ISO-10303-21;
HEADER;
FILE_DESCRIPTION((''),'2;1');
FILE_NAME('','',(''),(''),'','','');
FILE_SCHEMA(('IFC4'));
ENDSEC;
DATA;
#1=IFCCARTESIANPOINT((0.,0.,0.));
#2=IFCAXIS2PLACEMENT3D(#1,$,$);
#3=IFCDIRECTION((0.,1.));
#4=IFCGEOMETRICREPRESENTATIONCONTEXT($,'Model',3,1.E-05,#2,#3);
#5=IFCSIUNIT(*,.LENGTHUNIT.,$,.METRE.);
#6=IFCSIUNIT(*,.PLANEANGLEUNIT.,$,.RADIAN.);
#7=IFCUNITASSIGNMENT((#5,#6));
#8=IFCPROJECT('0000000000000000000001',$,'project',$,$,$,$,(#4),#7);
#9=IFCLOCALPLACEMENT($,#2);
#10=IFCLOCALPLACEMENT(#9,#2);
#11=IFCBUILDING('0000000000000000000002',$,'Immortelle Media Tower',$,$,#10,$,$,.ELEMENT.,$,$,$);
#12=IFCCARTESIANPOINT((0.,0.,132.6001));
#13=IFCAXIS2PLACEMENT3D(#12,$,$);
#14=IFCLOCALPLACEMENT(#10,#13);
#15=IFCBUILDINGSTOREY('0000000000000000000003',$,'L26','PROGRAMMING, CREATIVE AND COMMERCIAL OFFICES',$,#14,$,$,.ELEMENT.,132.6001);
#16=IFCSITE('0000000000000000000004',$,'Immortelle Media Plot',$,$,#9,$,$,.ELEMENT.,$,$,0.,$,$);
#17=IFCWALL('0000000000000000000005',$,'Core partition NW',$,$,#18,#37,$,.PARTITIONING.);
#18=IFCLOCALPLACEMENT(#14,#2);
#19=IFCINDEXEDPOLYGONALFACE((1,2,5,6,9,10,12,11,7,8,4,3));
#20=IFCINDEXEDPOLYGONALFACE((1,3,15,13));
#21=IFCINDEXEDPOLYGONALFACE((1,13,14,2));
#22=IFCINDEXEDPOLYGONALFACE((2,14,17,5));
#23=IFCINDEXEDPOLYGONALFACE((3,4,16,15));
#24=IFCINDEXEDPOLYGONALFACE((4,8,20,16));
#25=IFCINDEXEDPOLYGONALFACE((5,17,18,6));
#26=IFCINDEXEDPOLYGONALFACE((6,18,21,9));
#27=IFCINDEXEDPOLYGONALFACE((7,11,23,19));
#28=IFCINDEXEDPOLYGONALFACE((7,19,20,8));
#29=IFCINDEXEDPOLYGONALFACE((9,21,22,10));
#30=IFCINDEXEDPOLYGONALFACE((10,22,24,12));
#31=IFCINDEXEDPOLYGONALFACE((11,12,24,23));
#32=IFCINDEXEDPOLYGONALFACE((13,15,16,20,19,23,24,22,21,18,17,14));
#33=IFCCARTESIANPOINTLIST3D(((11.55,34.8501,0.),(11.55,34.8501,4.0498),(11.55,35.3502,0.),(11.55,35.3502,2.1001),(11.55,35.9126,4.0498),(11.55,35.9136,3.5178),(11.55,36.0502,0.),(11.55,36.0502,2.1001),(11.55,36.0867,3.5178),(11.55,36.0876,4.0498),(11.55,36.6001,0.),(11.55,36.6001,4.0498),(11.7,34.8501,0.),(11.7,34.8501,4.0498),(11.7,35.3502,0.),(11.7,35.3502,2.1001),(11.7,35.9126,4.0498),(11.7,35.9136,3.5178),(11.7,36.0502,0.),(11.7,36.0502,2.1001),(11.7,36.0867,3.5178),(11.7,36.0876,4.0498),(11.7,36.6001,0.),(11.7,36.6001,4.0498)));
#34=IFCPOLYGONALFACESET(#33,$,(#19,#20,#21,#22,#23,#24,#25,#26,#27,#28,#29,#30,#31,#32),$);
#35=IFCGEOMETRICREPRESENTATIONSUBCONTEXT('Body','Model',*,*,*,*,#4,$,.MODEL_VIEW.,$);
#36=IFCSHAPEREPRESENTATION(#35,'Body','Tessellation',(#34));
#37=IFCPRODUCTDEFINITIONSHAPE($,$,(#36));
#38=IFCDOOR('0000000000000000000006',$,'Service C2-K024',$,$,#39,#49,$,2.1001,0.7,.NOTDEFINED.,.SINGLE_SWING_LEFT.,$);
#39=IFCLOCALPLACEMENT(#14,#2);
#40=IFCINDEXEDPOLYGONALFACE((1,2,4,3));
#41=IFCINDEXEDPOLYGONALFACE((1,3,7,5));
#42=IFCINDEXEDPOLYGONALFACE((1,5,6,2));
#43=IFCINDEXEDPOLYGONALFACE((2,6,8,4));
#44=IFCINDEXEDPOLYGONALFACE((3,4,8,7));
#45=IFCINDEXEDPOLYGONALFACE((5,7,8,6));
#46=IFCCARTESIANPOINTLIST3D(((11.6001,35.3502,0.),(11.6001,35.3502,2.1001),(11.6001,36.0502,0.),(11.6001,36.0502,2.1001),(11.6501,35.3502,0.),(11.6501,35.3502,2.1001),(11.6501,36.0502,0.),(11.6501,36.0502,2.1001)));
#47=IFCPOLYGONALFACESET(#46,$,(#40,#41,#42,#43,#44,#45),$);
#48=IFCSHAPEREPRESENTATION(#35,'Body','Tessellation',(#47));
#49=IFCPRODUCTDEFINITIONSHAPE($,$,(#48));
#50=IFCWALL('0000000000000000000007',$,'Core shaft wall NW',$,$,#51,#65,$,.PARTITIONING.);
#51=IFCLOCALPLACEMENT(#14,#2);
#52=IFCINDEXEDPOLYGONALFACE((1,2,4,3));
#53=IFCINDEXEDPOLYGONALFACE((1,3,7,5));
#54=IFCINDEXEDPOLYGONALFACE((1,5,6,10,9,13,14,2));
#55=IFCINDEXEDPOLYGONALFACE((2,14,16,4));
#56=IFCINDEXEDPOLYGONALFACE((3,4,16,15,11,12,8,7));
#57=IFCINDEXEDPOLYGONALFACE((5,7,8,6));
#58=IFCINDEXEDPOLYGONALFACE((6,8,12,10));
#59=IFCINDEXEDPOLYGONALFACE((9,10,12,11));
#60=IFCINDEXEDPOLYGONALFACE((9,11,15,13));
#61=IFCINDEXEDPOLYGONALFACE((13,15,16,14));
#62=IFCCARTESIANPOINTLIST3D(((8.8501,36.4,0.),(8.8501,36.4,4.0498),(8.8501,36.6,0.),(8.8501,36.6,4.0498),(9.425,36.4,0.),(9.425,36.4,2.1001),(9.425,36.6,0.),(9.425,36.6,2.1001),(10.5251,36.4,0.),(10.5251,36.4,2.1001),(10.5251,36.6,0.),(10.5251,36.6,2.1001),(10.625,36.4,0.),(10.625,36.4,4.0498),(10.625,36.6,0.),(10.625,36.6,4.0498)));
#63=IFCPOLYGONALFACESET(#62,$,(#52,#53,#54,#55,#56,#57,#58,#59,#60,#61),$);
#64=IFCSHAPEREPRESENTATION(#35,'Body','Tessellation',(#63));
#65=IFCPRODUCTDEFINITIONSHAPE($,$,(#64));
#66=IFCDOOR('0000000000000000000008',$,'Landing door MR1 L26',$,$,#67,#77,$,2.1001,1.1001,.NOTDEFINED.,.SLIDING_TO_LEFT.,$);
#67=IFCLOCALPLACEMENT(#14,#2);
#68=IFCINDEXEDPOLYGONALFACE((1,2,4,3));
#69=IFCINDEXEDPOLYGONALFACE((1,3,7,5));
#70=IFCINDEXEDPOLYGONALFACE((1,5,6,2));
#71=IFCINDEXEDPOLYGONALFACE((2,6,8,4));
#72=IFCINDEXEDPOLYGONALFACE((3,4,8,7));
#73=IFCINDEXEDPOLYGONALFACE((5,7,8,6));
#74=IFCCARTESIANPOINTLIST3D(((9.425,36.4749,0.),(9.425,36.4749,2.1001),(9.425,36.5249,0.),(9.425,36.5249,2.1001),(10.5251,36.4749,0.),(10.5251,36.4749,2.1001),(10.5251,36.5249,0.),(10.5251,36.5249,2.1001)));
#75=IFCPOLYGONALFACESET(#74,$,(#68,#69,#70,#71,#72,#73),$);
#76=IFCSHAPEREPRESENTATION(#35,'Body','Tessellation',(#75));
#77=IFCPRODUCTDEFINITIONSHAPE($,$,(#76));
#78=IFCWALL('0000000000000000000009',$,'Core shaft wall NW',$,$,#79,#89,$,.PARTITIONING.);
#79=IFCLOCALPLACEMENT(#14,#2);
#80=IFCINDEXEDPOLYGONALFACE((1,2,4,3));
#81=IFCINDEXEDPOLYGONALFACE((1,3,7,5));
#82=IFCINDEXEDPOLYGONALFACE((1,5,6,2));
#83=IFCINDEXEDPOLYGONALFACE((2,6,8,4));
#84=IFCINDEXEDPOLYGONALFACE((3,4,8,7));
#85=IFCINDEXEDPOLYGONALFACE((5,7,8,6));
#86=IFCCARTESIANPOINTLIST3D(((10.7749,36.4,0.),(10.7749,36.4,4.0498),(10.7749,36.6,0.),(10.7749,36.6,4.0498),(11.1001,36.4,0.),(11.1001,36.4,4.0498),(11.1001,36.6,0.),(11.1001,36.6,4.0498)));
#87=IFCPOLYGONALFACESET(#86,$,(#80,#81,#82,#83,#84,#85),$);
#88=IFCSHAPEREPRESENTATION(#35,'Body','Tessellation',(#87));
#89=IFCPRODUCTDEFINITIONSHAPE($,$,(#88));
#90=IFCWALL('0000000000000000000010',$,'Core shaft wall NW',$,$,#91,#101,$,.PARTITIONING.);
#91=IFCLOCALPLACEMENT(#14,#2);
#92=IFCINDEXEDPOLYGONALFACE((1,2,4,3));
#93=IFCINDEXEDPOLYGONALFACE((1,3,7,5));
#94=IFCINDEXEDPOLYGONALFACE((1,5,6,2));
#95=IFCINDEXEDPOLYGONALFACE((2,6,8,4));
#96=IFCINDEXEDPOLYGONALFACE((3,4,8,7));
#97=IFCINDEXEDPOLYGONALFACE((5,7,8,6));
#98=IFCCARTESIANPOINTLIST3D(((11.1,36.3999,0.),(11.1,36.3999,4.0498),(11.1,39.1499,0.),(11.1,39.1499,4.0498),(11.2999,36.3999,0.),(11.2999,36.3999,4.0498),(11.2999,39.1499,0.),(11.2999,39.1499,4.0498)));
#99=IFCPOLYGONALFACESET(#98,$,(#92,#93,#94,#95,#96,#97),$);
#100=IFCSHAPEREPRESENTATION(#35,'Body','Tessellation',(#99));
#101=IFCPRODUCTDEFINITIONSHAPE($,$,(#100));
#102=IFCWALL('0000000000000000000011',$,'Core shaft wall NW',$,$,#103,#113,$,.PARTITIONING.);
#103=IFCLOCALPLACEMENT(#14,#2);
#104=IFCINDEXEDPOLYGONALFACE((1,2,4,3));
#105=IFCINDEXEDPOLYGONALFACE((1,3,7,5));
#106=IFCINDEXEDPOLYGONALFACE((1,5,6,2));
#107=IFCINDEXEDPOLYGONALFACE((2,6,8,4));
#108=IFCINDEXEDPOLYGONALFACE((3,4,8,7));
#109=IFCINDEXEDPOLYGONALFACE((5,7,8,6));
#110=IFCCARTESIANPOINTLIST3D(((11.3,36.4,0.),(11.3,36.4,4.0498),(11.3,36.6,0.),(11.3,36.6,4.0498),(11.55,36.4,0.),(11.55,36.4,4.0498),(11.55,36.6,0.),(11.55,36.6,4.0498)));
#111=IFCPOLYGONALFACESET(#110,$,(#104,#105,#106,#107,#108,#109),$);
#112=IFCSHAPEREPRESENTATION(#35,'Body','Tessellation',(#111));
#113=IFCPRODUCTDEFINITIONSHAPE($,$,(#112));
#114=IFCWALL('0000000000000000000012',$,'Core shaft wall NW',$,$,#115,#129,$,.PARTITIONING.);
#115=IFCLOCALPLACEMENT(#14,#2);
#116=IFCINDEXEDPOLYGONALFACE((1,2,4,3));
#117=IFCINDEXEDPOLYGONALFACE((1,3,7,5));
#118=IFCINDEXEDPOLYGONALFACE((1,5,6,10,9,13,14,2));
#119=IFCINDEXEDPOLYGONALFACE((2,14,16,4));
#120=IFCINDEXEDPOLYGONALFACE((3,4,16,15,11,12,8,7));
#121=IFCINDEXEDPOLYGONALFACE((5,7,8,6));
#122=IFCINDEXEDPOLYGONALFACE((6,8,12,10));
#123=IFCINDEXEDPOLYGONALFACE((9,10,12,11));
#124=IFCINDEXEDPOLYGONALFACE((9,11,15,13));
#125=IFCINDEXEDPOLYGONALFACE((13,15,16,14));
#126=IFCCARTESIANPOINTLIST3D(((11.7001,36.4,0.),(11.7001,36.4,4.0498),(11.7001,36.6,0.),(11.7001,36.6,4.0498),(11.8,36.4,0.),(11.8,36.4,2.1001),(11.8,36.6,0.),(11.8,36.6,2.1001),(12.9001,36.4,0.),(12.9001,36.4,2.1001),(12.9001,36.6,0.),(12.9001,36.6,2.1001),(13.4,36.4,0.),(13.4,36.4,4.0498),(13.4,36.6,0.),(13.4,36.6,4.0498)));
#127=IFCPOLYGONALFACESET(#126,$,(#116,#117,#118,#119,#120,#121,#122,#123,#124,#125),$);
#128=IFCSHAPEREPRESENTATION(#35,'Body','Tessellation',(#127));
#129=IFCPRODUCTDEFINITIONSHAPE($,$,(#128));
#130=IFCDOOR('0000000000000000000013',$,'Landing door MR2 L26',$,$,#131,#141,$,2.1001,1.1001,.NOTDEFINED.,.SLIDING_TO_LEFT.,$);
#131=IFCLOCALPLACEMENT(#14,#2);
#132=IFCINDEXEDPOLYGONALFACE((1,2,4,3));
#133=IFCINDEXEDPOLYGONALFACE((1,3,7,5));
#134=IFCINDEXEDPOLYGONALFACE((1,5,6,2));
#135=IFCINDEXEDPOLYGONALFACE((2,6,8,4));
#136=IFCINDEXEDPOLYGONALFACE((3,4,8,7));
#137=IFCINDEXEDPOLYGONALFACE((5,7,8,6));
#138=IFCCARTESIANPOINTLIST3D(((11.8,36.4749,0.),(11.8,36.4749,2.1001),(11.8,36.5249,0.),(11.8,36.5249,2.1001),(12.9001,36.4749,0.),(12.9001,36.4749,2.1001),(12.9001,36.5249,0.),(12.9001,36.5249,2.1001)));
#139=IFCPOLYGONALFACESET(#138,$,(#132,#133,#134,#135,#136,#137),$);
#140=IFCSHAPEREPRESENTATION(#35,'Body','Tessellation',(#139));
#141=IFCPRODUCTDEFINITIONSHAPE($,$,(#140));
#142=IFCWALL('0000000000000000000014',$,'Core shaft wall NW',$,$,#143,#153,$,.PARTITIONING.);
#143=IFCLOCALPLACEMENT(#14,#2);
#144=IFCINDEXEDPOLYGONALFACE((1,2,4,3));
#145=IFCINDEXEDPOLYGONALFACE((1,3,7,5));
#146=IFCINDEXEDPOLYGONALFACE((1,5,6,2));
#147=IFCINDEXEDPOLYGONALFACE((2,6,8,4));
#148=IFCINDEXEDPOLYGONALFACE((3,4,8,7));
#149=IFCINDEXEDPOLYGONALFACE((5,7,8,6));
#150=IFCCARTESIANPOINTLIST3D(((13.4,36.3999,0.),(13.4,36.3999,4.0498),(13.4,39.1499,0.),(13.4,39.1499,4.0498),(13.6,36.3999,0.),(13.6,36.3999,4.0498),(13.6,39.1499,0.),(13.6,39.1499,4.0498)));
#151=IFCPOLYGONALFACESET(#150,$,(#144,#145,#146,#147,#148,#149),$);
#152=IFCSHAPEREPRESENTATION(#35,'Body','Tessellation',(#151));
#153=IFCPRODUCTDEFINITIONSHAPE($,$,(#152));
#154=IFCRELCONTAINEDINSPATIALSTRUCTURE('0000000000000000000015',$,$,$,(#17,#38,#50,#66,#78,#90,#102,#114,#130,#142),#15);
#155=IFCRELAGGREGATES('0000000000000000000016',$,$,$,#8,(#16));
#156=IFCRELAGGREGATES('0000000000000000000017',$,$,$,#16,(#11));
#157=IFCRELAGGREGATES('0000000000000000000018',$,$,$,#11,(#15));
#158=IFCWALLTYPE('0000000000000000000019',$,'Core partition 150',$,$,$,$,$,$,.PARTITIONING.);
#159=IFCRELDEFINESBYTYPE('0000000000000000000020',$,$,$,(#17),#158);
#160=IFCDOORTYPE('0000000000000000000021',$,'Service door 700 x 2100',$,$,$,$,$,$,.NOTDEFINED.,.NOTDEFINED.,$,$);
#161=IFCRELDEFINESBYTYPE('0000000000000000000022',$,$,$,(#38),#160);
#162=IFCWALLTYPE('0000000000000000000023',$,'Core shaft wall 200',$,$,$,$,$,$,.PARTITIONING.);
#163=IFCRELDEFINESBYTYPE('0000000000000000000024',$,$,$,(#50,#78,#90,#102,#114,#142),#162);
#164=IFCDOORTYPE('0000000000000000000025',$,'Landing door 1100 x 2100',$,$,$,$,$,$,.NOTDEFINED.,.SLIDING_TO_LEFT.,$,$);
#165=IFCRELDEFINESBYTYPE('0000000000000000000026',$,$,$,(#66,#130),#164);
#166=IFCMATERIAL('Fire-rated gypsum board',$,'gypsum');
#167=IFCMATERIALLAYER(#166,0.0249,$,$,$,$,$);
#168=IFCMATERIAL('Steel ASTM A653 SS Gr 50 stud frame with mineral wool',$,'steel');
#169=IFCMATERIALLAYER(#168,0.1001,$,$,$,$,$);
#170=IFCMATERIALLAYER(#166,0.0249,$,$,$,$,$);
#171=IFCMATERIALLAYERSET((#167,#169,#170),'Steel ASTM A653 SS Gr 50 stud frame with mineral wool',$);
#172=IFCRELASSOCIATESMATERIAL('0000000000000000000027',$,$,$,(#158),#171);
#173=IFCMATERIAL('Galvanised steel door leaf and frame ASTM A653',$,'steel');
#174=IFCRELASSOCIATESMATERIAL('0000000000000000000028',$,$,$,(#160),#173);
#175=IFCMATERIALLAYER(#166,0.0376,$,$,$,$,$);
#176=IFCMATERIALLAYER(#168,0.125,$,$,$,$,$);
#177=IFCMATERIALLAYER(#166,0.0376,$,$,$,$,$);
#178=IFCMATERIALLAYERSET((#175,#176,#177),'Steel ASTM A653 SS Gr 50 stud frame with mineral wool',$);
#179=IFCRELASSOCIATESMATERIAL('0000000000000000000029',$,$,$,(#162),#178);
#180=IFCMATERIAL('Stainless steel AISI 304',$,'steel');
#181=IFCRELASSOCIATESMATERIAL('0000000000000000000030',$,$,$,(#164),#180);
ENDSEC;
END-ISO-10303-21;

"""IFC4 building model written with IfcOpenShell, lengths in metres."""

from ifc_helpers import new_model, si_unit, direction, frame, frame_2d, origin, place, context, subcontext, project, spatial, polyline, rectangle, outline, extrude, material, layer, layer_set, type_object, element, fill, save


model = new_model("IFC4")

# Units and contexts
model_context = context("Model", 3, precision=1e-05, world=origin(), true_north=direction((0.0, 1.0)))
body_context = subcontext(model_context, "Body", "Model", "MODEL_VIEW")
ifc_project = project(units=[si_unit("LENGTHUNIT", "METRE"), si_unit("PLANEANGLEUNIT", "RADIAN")], contexts=[model_context])

# Site, building, storey
site_placement = place(None, origin())
site = spatial("IfcSite", under=ifc_project, at=site_placement, Name="Immortelle Media Plot", CompositionType="ELEMENT", RefElevation=0.0)
building_placement = place(site_placement, origin())
building = spatial("IfcBuilding", under=site, at=building_placement, Name="Immortelle Media Tower", CompositionType="ELEMENT")
storey_placement = place(building_placement, frame((0.0, 0.0, 132.6001)))
storey = spatial("IfcBuildingStorey", under=building, at=storey_placement, Name="L26", Description="PROGRAMMING, CREATIVE AND COMMERCIAL OFFICES", CompositionType="ELEMENT", Elevation=132.6001)

# Shared definitions
ifc_material_1 = material(Name="Fire-rated gypsum board", Category="gypsum")
ifc_layer_1 = layer(ifc_material_1, 0.0249)
ifc_material_2 = material(Name="Steel ASTM A653 SS Gr 50 stud frame with mineral wool", Category="steel")
ifc_layer_2 = layer(ifc_material_2, 0.1001)
ifc_layer_3 = layer(ifc_material_1, 0.0249)
ifc_layer_set_1 = layer_set([ifc_layer_1, ifc_layer_2, ifc_layer_3], Name="Steel ASTM A653 SS Gr 50 stud frame with mineral wool")
wall_type_1 = type_object("IfcWallType", Name="Core partition 150", PredefinedType="PARTITIONING", material=ifc_layer_set_1)

# Walls, openings, doors
wall_1_placement = place(storey_placement, frame((11.625, 34.8501, 0.0), z_axis=(0.0, 0.0, 1.0), x_axis=(0.0, 1.0, 0.0)))
wall_1 = element("IfcWall", 1, at=wall_1_placement, inside=storey, type_object=wall_type_1, Name="Core partition NW", PredefinedType="PARTITIONING", context=body_context, shape_type="SweptSolid", body=[
    extrude(outline(polyline([(0.0, 0.0), (1.75, 0.0), (1.75, 4.0498), (1.2375, 4.0498), (1.2366, 3.5178), (1.0635, 3.5178), (1.0625, 4.0498), (0.0, 4.0498), (0.0, 0.0)])), frame((0.0, 0.075, 0.0), z_axis=(0.0, -1.0, 0.0), x_axis=(1.0, 0.0, 0.0)), (0.0, 0.0, 1.0), 0.1499),
])
opening_1_placement = place(wall_1_placement, frame((0.5, 0.0, 0.0)))
opening_1 = element("IfcOpeningElement", 2, at=opening_1_placement, cuts=wall_1, PredefinedType="OPENING", context=body_context, shape_type="SweptSolid", body=[
    extrude(rectangle(XDim=0.7, YDim=2.1001, at=frame_2d((0.3501, 1.05))), frame((0.0, 0.085, 0.0), z_axis=(0.0, -1.0, 0.0), x_axis=(1.0, 0.0, 0.0)), (0.0, 0.0, 1.0), 0.1699),
])
ifc_material_3 = material(Name="Galvanised steel door leaf and frame ASTM A653", Category="steel")
door_type_1 = type_object("IfcDoorType", Name="Service door 700 x 2100", OperationType="NOTDEFINED", PredefinedType="NOTDEFINED", material=ifc_material_3)
door_1_placement = place(opening_1_placement, origin())
door_1 = element("IfcDoor", 3, at=door_1_placement, inside=storey, type_object=door_type_1, Name="Service C2-K024", OperationType="SINGLE_SWING_LEFT", OverallHeight=2.1001, OverallWidth=0.7, PredefinedType="NOTDEFINED", context=body_context, shape_type="SweptSolid", body=[
    extrude(rectangle(XDim=0.7, YDim=2.1001, at=frame_2d((0.3501, 1.05))), frame((0.0, 0.0249, 0.0), z_axis=(0.0, -1.0, 0.0), x_axis=(1.0, 0.0, 0.0)), (0.0, 0.0, 1.0), 0.05),
])
fill(opening_1, door_1)
ifc_layer_4 = layer(ifc_material_1, 0.0376)
ifc_layer_5 = layer(ifc_material_2, 0.125)
ifc_layer_6 = layer(ifc_material_1, 0.0376)
ifc_layer_set_2 = layer_set([ifc_layer_4, ifc_layer_5, ifc_layer_6], Name="Steel ASTM A653 SS Gr 50 stud frame with mineral wool")
wall_type_2 = type_object("IfcWallType", Name="Core shaft wall 200", PredefinedType="PARTITIONING", material=ifc_layer_set_2)
wall_2_placement = place(storey_placement, frame((8.8501, 36.5, 0.0), z_axis=(0.0, 0.0, 1.0), x_axis=(1.0, 0.0, 0.0)))
wall_2 = element("IfcWall", 4, at=wall_2_placement, inside=storey, type_object=wall_type_2, Name="Core shaft wall NW", PredefinedType="PARTITIONING", context=body_context, shape_type="SweptSolid", body=[
    extrude(rectangle(XDim=1.7749, YDim=0.2, at=frame_2d((0.8875, 0.0))), origin(), (0.0, 0.0, 1.0), 4.0498),
])
opening_2_placement = place(wall_2_placement, frame((0.575, 0.0, 0.0)))
opening_2 = element("IfcOpeningElement", 5, at=opening_2_placement, cuts=wall_2, PredefinedType="OPENING", context=body_context, shape_type="SweptSolid", body=[
    extrude(rectangle(XDim=1.1001, YDim=2.1001, at=frame_2d((0.55, 1.05))), frame((0.0, 0.1099, 0.0), z_axis=(0.0, -1.0, 0.0), x_axis=(1.0, 0.0, 0.0)), (0.0, 0.0, 1.0), 0.22),
])
ifc_material_4 = material(Name="Stainless steel AISI 304", Category="steel")
door_type_2 = type_object("IfcDoorType", Name="Landing door 1100 x 2100", OperationType="SLIDING_TO_LEFT", PredefinedType="NOTDEFINED", material=ifc_material_4)
door_2_placement = place(opening_2_placement, origin())
door_2 = element("IfcDoor", 6, at=door_2_placement, inside=storey, type_object=door_type_2, Name="Landing door MR1 L26", OperationType="SLIDING_TO_LEFT", OverallHeight=2.1001, OverallWidth=1.1001, PredefinedType="NOTDEFINED", context=body_context, shape_type="SweptSolid", body=[
    extrude(rectangle(XDim=1.1001, YDim=2.1001, at=frame_2d((0.55, 1.05))), frame((0.0, 0.0249, 0.0), z_axis=(0.0, -1.0, 0.0), x_axis=(1.0, 0.0, 0.0)), (0.0, 0.0, 1.0), 0.05),
])
fill(opening_2, door_2)

# Walls
wall_3_placement = place(storey_placement, frame((10.7749, 36.5, 0.0), z_axis=(0.0, 0.0, 1.0), x_axis=(1.0, 0.0, 0.0)))
element("IfcWall", 7, at=wall_3_placement, inside=storey, type_object=wall_type_2, Name="Core shaft wall NW", PredefinedType="PARTITIONING", context=body_context, shape_type="SweptSolid", body=[
    extrude(rectangle(XDim=0.3252, YDim=0.2, at=frame_2d((0.1626, 0.0))), origin(), (0.0, 0.0, 1.0), 4.0498),
])
wall_4_placement = place(storey_placement, frame((11.2, 36.3999, 0.0), z_axis=(0.0, 0.0, 1.0), x_axis=(0.0, 1.0, 0.0)))
element("IfcWall", 8, at=wall_4_placement, inside=storey, type_object=wall_type_2, Name="Core shaft wall NW", PredefinedType="PARTITIONING", context=body_context, shape_type="SweptSolid", body=[
    extrude(rectangle(XDim=2.75, YDim=0.2, at=frame_2d((1.375, 0.0))), origin(), (0.0, 0.0, 1.0), 4.0498),
])
wall_5_placement = place(storey_placement, frame((11.3, 36.5, 0.0), z_axis=(0.0, 0.0, 1.0), x_axis=(1.0, 0.0, 0.0)))
element("IfcWall", 9, at=wall_5_placement, inside=storey, type_object=wall_type_2, Name="Core shaft wall NW", PredefinedType="PARTITIONING", context=body_context, shape_type="SweptSolid", body=[
    extrude(rectangle(XDim=0.25, YDim=0.2, at=frame_2d((0.125, 0.0))), origin(), (0.0, 0.0, 1.0), 4.0498),
])

# Wall, opening, door
wall_6_placement = place(storey_placement, frame((11.7, 36.5, 0.0), z_axis=(0.0, 0.0, 1.0), x_axis=(1.0, 0.0, 0.0)))
wall_6 = element("IfcWall", 10, at=wall_6_placement, inside=storey, type_object=wall_type_2, Name="Core shaft wall NW", PredefinedType="PARTITIONING", context=body_context, shape_type="SweptSolid", body=[
    extrude(rectangle(XDim=1.7, YDim=0.2, at=frame_2d((0.8501, 0.0))), origin(), (0.0, 0.0, 1.0), 4.0498),
])
opening_3_placement = place(wall_6_placement, frame((0.1001, 0.0, 0.0)))
opening_3 = element("IfcOpeningElement", 11, at=opening_3_placement, cuts=wall_6, PredefinedType="OPENING", context=body_context, shape_type="SweptSolid", body=[
    extrude(rectangle(XDim=1.1001, YDim=2.1001, at=frame_2d((0.55, 1.05))), frame((0.0, 0.1099, 0.0), z_axis=(0.0, -1.0, 0.0), x_axis=(1.0, 0.0, 0.0)), (0.0, 0.0, 1.0), 0.22),
])
door_3_placement = place(opening_3_placement, origin())
door_3 = element("IfcDoor", 12, at=door_3_placement, inside=storey, type_object=door_type_2, Name="Landing door MR2 L26", OperationType="SLIDING_TO_LEFT", OverallHeight=2.1001, OverallWidth=1.1001, PredefinedType="NOTDEFINED", context=body_context, shape_type="SweptSolid", body=[
    extrude(rectangle(XDim=1.1001, YDim=2.1001, at=frame_2d((0.55, 1.05))), frame((0.0, 0.0249, 0.0), z_axis=(0.0, -1.0, 0.0), x_axis=(1.0, 0.0, 0.0)), (0.0, 0.0, 1.0), 0.05),
])
fill(opening_3, door_3)

# Wall
wall_7_placement = place(storey_placement, frame((13.5, 36.3999, 0.0), z_axis=(0.0, 0.0, 1.0), x_axis=(0.0, 1.0, 0.0)))
element("IfcWall", 13, at=wall_7_placement, inside=storey, type_object=wall_type_2, Name="Core shaft wall NW", PredefinedType="PARTITIONING", context=body_context, shape_type="SweptSolid", body=[
    extrude(rectangle(XDim=2.75, YDim=0.2, at=frame_2d((1.375, 0.0))), origin(), (0.0, 0.0, 1.0), 4.0498),
])

save(model, "model.ifc")
